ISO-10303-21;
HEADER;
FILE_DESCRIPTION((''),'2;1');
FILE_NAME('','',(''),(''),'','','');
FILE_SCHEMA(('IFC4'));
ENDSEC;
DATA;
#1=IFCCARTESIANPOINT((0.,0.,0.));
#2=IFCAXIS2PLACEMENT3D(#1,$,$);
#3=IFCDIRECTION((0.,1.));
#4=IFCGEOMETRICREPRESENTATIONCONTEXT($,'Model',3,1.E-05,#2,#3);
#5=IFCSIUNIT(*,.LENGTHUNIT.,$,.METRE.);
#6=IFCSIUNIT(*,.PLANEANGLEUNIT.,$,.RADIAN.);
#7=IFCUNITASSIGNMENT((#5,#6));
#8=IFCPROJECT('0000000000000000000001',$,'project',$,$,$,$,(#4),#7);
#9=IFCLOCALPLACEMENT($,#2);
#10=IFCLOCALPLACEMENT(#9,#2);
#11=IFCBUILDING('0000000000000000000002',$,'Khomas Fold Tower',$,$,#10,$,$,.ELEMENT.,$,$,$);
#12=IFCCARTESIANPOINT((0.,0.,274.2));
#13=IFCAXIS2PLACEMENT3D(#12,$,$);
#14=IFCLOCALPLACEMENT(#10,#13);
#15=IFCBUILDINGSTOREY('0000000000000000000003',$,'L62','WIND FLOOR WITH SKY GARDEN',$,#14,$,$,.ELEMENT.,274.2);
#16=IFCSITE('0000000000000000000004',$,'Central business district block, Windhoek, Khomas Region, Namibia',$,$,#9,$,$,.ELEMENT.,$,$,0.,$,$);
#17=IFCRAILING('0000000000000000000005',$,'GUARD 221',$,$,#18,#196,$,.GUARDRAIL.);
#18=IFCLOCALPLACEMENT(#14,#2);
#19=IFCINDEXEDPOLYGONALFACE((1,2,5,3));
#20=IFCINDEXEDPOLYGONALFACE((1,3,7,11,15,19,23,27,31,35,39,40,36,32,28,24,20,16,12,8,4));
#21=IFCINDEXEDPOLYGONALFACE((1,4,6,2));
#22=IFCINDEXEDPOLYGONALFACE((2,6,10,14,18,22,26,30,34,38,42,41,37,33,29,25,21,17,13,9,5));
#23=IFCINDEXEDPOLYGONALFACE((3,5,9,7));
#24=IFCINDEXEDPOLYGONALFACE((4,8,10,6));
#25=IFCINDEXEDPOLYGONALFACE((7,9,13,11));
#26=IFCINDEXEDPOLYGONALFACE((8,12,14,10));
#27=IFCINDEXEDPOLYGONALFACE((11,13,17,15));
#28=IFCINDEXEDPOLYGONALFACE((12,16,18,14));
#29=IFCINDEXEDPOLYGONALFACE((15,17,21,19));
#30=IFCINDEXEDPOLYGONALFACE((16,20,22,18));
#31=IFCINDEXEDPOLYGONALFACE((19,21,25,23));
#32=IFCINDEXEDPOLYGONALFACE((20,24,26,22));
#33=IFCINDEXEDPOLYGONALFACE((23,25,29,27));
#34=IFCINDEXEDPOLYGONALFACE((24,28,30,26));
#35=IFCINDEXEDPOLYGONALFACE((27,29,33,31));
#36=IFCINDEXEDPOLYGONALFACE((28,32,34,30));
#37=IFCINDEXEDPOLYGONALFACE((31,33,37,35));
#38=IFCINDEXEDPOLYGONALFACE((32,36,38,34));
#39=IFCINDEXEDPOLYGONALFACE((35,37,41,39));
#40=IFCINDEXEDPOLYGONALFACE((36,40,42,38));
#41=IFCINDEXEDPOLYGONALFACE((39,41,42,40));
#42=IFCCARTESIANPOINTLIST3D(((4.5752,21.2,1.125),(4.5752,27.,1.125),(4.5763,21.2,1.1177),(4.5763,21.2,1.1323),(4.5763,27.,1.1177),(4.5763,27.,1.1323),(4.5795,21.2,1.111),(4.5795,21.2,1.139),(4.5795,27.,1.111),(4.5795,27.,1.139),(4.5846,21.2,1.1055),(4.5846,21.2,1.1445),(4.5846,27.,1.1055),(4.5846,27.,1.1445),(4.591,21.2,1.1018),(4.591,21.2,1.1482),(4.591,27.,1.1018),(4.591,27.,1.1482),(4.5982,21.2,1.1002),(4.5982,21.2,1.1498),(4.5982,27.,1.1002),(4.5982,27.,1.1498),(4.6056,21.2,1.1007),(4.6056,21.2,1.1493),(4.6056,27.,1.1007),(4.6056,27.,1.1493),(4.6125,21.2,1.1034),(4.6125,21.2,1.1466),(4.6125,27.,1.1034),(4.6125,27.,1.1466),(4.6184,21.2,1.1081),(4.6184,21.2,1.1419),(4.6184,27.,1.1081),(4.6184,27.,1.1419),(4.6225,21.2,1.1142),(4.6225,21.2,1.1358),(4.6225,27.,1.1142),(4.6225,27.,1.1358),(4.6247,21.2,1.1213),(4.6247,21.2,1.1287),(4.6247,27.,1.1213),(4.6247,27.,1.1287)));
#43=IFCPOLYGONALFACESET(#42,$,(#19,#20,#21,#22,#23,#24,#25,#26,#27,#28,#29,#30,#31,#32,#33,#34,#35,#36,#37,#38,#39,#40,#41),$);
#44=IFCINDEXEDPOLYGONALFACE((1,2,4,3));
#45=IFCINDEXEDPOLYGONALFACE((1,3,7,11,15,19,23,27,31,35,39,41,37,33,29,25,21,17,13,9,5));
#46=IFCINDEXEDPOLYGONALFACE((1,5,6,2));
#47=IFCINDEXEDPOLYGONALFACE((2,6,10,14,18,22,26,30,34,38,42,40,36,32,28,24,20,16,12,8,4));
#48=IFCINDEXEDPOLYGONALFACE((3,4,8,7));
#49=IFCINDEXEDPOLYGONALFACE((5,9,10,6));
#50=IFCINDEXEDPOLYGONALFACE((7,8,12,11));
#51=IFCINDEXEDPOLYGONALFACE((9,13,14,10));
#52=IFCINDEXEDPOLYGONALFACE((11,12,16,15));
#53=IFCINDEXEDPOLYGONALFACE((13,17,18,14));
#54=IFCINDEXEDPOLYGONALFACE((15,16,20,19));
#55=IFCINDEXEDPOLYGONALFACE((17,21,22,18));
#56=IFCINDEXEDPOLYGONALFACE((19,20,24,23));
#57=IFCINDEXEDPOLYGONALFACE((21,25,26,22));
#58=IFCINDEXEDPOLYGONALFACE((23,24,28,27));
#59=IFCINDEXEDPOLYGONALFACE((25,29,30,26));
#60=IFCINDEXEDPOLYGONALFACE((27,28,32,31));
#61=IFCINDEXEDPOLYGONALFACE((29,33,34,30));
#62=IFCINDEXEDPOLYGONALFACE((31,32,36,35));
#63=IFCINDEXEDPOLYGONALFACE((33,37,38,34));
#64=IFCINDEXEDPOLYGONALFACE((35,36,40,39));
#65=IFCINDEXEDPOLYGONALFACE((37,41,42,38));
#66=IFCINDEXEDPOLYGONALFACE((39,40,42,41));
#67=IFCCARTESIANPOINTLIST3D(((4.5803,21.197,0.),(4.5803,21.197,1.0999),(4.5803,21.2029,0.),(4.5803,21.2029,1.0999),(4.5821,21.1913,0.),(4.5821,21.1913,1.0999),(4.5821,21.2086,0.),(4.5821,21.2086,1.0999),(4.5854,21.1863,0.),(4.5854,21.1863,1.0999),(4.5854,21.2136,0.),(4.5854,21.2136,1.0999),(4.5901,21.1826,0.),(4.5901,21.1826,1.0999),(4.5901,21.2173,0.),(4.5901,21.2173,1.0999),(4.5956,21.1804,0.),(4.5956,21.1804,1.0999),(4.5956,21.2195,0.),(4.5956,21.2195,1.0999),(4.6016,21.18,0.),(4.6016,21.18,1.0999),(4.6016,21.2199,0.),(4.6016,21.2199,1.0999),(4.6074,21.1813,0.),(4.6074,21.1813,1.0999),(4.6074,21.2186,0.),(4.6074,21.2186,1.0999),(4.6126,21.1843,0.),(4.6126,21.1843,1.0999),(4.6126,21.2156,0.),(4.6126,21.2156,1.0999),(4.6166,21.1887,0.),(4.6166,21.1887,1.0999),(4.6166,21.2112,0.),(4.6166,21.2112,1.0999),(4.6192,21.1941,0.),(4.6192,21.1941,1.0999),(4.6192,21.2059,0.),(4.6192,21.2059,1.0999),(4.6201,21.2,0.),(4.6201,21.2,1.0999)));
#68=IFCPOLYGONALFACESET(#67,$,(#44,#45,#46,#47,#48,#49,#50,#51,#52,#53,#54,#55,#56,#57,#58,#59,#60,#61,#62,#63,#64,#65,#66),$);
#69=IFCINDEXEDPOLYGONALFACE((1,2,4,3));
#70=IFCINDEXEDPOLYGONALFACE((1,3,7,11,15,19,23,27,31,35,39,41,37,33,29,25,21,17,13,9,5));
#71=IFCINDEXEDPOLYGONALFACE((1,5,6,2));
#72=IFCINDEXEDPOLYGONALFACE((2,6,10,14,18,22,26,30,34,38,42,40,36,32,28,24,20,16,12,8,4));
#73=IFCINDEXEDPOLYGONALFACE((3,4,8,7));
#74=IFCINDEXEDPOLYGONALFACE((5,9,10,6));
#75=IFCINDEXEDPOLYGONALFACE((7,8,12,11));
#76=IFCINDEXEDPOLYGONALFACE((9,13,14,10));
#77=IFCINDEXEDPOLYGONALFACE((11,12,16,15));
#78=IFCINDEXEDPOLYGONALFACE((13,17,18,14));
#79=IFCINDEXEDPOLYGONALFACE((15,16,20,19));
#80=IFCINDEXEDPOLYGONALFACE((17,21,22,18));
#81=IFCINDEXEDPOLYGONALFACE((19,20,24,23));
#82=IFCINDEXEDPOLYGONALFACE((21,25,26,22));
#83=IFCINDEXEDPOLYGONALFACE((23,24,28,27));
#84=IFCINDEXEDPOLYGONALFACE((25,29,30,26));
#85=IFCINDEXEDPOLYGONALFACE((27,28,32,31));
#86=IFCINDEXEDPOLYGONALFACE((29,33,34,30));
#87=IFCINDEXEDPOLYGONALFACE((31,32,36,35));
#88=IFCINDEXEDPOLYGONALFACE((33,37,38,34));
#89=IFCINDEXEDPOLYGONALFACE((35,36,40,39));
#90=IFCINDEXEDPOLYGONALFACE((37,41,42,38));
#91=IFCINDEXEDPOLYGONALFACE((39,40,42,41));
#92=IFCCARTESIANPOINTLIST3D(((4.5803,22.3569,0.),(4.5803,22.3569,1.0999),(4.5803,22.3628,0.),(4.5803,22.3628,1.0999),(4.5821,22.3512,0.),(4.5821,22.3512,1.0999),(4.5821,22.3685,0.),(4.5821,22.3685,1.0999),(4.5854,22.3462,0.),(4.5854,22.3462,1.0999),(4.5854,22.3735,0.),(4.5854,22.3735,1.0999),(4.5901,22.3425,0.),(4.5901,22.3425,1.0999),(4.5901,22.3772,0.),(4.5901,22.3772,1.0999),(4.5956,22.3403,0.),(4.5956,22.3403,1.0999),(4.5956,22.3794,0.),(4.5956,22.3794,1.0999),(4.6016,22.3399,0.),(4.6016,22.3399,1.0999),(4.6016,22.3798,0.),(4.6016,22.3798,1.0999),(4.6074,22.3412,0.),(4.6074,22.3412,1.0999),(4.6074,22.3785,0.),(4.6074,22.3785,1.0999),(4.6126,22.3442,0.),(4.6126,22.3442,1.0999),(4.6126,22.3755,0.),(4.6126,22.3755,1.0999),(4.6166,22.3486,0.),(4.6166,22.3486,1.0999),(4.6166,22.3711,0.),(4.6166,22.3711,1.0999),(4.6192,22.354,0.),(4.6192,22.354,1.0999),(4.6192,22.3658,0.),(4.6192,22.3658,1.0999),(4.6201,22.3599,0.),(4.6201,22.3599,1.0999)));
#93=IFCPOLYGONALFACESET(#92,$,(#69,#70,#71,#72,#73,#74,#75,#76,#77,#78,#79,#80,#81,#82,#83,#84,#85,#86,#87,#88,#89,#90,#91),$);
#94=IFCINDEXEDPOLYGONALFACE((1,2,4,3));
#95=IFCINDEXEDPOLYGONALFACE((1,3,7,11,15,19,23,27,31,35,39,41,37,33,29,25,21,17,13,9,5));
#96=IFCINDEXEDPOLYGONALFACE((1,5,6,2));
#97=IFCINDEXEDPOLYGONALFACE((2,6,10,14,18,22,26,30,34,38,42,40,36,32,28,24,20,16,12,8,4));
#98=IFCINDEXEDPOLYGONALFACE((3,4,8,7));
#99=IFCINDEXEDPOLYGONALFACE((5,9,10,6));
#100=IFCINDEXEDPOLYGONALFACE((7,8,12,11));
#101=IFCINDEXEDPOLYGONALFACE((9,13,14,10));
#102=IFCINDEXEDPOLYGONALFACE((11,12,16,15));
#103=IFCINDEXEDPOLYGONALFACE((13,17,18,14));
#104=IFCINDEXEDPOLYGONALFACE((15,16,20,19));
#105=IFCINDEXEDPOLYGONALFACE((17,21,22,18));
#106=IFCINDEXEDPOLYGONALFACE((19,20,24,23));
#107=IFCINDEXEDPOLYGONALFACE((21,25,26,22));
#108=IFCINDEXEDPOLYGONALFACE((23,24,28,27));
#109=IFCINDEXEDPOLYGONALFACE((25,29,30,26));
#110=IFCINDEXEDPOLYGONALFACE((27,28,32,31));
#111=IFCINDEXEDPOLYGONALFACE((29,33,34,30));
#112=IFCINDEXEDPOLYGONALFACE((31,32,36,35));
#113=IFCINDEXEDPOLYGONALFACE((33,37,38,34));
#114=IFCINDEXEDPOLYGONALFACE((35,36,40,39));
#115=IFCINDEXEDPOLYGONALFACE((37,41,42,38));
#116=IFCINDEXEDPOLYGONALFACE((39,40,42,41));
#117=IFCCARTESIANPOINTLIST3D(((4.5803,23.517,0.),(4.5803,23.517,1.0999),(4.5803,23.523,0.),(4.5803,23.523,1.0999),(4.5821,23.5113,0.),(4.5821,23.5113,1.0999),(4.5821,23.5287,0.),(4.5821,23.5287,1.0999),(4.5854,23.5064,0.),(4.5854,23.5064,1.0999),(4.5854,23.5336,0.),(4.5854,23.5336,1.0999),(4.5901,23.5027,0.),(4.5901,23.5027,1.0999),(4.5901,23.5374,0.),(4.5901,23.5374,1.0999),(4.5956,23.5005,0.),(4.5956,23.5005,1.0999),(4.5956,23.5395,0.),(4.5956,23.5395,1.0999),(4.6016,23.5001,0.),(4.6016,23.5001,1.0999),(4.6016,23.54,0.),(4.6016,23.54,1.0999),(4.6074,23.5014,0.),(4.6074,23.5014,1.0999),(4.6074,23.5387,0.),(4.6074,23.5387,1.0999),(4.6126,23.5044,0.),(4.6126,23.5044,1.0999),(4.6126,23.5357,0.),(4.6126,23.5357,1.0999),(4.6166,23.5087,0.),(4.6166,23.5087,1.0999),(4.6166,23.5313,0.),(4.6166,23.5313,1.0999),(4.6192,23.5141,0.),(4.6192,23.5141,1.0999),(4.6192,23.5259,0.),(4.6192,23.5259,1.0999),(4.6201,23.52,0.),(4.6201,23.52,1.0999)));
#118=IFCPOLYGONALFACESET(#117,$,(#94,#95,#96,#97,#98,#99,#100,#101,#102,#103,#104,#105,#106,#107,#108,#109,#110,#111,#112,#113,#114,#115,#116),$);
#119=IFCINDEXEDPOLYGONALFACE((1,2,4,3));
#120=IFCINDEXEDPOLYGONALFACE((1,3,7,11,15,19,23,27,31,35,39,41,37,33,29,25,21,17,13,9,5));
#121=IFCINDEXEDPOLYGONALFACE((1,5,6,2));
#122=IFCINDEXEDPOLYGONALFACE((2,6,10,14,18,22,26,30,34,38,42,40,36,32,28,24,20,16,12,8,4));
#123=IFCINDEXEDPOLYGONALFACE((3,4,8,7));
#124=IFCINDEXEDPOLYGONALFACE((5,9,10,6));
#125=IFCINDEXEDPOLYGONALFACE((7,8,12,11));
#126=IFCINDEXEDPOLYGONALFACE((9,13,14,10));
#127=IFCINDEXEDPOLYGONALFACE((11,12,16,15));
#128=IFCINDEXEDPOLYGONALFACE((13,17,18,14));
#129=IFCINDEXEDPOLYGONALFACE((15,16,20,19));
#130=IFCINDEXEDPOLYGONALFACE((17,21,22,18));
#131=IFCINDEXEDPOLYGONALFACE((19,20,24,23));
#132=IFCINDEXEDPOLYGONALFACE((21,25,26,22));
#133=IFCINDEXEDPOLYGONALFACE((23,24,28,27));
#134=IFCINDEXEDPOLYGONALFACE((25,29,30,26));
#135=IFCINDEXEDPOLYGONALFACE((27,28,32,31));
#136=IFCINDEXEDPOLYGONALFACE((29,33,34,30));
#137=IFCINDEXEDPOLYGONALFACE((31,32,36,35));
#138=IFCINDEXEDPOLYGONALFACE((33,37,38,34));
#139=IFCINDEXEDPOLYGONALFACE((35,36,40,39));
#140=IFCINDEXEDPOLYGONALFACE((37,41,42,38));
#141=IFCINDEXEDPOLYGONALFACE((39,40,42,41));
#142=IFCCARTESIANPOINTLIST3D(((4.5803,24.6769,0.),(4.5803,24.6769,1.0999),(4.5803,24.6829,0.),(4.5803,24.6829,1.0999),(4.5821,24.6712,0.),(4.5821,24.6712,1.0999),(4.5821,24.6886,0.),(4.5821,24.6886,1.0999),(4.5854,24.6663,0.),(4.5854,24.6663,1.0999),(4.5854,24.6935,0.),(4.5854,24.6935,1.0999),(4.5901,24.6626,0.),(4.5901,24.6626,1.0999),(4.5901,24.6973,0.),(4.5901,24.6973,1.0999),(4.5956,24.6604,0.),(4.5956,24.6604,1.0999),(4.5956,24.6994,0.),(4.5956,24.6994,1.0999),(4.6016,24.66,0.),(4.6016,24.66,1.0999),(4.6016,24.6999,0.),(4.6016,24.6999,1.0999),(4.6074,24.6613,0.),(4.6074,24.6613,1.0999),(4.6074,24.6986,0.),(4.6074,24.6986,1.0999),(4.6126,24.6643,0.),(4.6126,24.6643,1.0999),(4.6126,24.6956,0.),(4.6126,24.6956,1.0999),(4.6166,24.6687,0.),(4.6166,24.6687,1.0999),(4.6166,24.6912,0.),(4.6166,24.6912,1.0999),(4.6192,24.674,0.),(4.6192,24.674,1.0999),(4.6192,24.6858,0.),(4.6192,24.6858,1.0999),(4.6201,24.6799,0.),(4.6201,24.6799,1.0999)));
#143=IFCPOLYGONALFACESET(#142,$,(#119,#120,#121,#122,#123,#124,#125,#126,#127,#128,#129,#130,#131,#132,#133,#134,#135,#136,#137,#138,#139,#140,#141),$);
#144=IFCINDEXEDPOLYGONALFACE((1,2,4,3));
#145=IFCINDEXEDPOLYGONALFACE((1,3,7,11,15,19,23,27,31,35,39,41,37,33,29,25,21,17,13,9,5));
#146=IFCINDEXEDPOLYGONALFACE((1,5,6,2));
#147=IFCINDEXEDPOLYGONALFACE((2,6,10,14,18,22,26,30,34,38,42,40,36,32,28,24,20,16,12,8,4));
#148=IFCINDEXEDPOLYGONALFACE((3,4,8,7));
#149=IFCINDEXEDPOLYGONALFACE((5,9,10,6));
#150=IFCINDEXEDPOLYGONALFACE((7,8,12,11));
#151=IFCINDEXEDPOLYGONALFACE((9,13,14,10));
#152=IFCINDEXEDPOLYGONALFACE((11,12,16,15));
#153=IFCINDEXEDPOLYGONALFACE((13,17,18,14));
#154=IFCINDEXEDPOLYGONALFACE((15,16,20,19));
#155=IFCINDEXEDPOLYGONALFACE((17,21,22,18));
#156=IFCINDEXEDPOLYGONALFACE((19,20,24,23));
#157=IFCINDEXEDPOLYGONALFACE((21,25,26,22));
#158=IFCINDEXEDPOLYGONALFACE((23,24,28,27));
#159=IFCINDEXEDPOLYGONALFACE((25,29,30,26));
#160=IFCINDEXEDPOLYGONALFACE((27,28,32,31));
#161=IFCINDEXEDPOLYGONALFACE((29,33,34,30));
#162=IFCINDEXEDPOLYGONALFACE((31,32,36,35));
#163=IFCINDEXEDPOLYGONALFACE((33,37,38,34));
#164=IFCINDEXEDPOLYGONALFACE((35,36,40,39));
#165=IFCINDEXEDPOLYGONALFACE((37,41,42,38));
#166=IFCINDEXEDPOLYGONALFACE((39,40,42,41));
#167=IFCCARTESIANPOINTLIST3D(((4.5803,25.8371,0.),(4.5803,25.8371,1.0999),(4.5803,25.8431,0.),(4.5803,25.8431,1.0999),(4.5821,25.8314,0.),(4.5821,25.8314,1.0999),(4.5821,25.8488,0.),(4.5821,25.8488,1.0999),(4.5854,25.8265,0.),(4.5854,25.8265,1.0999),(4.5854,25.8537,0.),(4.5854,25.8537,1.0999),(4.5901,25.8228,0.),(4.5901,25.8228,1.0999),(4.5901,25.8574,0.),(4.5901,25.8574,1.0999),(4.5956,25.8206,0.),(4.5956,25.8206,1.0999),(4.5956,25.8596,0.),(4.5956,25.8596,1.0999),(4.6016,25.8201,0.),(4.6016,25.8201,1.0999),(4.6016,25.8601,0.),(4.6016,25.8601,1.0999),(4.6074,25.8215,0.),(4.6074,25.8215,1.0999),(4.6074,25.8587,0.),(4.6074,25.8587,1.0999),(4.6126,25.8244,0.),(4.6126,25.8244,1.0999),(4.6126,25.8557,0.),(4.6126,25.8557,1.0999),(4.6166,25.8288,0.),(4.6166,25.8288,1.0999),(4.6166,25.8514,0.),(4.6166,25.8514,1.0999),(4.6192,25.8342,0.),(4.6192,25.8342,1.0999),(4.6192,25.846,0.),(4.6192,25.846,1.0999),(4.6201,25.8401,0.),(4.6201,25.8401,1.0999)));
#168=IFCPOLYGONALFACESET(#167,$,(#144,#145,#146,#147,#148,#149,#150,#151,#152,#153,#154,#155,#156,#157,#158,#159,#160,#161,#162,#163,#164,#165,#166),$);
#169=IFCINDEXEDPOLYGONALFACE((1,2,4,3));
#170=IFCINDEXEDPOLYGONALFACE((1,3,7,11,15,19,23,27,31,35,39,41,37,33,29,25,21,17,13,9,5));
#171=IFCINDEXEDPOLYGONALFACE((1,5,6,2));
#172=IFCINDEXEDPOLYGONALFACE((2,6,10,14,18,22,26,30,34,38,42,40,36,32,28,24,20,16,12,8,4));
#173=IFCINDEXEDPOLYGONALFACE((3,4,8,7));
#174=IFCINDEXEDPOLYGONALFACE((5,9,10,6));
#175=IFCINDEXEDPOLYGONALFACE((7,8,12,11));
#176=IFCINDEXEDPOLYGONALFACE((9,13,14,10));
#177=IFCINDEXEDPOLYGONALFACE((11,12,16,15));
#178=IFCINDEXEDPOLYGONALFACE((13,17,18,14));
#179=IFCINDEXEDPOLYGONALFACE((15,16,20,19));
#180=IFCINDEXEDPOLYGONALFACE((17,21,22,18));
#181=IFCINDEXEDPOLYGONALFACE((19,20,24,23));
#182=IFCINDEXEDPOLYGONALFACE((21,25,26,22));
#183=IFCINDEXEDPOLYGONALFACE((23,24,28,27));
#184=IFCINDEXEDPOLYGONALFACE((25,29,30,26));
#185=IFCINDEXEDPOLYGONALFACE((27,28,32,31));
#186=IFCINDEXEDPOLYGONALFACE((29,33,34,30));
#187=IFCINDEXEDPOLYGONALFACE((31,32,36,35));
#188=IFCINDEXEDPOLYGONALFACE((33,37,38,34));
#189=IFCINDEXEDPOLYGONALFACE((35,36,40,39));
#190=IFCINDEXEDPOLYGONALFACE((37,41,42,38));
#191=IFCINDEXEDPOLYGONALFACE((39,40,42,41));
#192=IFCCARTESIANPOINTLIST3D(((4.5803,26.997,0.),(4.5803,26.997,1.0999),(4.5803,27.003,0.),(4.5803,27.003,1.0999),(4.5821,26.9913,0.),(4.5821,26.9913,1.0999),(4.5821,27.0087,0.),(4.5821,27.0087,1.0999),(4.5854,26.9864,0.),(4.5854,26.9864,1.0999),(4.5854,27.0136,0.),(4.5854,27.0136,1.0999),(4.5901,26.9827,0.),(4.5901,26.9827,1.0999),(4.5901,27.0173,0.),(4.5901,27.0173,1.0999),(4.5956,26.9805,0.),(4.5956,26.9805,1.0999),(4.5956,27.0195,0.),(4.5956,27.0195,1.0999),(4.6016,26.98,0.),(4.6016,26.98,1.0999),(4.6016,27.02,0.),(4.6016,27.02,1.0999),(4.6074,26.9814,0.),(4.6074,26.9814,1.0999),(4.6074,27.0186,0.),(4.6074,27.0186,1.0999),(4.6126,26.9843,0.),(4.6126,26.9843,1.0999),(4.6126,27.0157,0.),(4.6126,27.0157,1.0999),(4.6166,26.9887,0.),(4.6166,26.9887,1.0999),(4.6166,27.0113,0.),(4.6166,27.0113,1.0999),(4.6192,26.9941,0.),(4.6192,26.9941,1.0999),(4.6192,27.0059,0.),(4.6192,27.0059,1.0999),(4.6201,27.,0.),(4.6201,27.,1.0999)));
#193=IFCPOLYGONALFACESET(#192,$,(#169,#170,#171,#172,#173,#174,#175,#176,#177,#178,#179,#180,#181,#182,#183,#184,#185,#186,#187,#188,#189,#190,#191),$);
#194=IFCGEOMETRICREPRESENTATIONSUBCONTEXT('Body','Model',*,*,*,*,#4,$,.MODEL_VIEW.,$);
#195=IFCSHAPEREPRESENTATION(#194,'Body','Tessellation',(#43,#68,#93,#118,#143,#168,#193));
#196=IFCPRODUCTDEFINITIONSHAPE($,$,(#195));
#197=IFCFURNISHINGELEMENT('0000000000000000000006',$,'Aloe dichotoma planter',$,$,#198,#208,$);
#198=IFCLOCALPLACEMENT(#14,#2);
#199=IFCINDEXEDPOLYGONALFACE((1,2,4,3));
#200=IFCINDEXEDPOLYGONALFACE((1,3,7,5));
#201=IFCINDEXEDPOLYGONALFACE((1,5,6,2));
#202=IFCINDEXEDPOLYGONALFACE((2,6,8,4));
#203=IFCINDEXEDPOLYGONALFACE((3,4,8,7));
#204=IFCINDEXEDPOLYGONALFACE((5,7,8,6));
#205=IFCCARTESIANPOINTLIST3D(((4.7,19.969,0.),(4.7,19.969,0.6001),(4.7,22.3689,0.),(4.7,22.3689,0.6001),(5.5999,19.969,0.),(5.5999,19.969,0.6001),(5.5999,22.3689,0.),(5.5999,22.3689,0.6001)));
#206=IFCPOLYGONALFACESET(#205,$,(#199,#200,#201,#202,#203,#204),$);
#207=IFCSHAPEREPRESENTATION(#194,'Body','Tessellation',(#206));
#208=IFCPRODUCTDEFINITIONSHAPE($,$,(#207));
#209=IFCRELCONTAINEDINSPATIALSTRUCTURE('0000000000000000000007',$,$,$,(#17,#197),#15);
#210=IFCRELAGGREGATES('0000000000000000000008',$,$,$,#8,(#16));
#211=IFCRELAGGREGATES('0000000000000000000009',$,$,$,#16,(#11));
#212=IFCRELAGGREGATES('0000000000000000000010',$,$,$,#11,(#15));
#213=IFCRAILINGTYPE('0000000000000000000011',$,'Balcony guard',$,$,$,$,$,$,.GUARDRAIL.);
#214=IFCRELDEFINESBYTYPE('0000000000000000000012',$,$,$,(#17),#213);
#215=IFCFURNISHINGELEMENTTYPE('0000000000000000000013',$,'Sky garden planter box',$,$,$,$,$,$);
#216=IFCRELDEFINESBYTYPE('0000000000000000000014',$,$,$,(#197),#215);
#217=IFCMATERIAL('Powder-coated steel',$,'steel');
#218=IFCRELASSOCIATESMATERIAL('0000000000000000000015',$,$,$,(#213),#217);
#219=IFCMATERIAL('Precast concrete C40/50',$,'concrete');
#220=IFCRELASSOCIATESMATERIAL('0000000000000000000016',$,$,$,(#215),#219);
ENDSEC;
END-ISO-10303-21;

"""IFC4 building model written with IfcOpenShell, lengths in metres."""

from ifc_helpers import new_model, si_unit, direction, frame, origin, origin_2d, place, context, subcontext, project, spatial, rectangle, circle, extrude, source, transform, mapped, material, type_object, element, save


model = new_model("IFC4")

# Units and contexts
model_context = context("Model", 3, precision=1e-05, world=origin(), true_north=direction((0.0, 1.0)))
body_context = subcontext(model_context, "Body", "Model", "MODEL_VIEW")
ifc_project = project(units=[si_unit("LENGTHUNIT", "METRE"), si_unit("PLANEANGLEUNIT", "RADIAN")], contexts=[model_context])

# Site, building, storey
site_placement = place(None, origin())
site = spatial("IfcSite", under=ifc_project, at=site_placement, Name="Central business district block, Windhoek, Khomas Region, Namibia", CompositionType="ELEMENT", RefElevation=0.0)
building_placement = place(site_placement, origin())
building = spatial("IfcBuilding", under=site, at=building_placement, Name="Khomas Fold Tower", CompositionType="ELEMENT")
storey_placement = place(building_placement, frame((0.0, 0.0, 274.2)))
storey = spatial("IfcBuildingStorey", under=building, at=storey_placement, Name="L62", Description="WIND FLOOR WITH SKY GARDEN", CompositionType="ELEMENT", Elevation=274.2)

# Railing
ifc_material_1 = material(Name="Powder-coated steel", Category="steel")
railing_type = type_object("IfcRailingType", Name="Balcony guard", PredefinedType="GUARDRAIL", material=ifc_material_1)
shared_shape_1 = source(origin(), body_context, "Body", "SweptSolid", [
    extrude(circle(Radius=0.0249, at=origin_2d()), frame((0.0, 0.0, 1.125), z_axis=(0.0, 1.0, 0.0), x_axis=(-1.0, 0.0, 0.0)), (0.0, 0.0, 1.0), 5.8),
    extrude(circle(Radius=0.02, at=origin_2d()), origin(), (0.0, 0.0, 1.0), 1.0999),
    extrude(circle(Radius=0.02, at=origin_2d()), frame((0.0, 1.1599, 0.0)), (0.0, 0.0, 1.0), 1.0999),
    extrude(circle(Radius=0.02, at=origin_2d()), frame((0.0, 2.3201, 0.0)), (0.0, 0.0, 1.0), 1.0999),
    extrude(circle(Radius=0.02, at=origin_2d()), frame((0.0, 3.48, 0.0)), (0.0, 0.0, 1.0), 1.0999),
    extrude(circle(Radius=0.02, at=origin_2d()), frame((0.0, 4.6401, 0.0)), (0.0, 0.0, 1.0), 1.0999),
    extrude(circle(Radius=0.02, at=origin_2d()), frame((0.0, 5.8, 0.0)), (0.0, 0.0, 1.0), 1.0999),
])
for number, where, name in (
    (1, (4.6001, 21.2, 0.0), "GUARD 221"),
):
    element("IfcRailing", number, at=place(storey_placement, frame(where)), inside=storey, type_object=railing_type, Name=name, PredefinedType="GUARDRAIL", context=body_context, shape_type="MappedRepresentation", body=[
        mapped(shared_shape_1, transform((0.0, 0.0, 0.0))),
    ])

# Furnishing element
ifc_material_2 = material(Name="Precast concrete C40/50", Category="concrete")
furnishing_element_type_1 = type_object("IfcFurnishingElementType", Name="Sky garden planter box", material=ifc_material_2)
shared_shape_2 = source(origin(), body_context, "Body", "SweptSolid", [
    extrude(rectangle(XDim=2.3999, YDim=0.8999, at=origin_2d()), origin(), (0.0, 0.0, 1.0), 0.6001),
])
furnishing_1_placement = place(storey_placement, frame((5.1499, 21.1689, 0.0), z_axis=(0.0, 0.0, 1.0), x_axis=(0.0, 1.0, 0.0)))
element("IfcFurnishingElement", 2, at=furnishing_1_placement, inside=storey, type_object=furnishing_element_type_1, Name="Aloe dichotoma planter", context=body_context, shape_type="MappedRepresentation", body=[
    mapped(shared_shape_2, transform((0.0, 0.0, 0.0))),
])

save(model, "model.ifc")
